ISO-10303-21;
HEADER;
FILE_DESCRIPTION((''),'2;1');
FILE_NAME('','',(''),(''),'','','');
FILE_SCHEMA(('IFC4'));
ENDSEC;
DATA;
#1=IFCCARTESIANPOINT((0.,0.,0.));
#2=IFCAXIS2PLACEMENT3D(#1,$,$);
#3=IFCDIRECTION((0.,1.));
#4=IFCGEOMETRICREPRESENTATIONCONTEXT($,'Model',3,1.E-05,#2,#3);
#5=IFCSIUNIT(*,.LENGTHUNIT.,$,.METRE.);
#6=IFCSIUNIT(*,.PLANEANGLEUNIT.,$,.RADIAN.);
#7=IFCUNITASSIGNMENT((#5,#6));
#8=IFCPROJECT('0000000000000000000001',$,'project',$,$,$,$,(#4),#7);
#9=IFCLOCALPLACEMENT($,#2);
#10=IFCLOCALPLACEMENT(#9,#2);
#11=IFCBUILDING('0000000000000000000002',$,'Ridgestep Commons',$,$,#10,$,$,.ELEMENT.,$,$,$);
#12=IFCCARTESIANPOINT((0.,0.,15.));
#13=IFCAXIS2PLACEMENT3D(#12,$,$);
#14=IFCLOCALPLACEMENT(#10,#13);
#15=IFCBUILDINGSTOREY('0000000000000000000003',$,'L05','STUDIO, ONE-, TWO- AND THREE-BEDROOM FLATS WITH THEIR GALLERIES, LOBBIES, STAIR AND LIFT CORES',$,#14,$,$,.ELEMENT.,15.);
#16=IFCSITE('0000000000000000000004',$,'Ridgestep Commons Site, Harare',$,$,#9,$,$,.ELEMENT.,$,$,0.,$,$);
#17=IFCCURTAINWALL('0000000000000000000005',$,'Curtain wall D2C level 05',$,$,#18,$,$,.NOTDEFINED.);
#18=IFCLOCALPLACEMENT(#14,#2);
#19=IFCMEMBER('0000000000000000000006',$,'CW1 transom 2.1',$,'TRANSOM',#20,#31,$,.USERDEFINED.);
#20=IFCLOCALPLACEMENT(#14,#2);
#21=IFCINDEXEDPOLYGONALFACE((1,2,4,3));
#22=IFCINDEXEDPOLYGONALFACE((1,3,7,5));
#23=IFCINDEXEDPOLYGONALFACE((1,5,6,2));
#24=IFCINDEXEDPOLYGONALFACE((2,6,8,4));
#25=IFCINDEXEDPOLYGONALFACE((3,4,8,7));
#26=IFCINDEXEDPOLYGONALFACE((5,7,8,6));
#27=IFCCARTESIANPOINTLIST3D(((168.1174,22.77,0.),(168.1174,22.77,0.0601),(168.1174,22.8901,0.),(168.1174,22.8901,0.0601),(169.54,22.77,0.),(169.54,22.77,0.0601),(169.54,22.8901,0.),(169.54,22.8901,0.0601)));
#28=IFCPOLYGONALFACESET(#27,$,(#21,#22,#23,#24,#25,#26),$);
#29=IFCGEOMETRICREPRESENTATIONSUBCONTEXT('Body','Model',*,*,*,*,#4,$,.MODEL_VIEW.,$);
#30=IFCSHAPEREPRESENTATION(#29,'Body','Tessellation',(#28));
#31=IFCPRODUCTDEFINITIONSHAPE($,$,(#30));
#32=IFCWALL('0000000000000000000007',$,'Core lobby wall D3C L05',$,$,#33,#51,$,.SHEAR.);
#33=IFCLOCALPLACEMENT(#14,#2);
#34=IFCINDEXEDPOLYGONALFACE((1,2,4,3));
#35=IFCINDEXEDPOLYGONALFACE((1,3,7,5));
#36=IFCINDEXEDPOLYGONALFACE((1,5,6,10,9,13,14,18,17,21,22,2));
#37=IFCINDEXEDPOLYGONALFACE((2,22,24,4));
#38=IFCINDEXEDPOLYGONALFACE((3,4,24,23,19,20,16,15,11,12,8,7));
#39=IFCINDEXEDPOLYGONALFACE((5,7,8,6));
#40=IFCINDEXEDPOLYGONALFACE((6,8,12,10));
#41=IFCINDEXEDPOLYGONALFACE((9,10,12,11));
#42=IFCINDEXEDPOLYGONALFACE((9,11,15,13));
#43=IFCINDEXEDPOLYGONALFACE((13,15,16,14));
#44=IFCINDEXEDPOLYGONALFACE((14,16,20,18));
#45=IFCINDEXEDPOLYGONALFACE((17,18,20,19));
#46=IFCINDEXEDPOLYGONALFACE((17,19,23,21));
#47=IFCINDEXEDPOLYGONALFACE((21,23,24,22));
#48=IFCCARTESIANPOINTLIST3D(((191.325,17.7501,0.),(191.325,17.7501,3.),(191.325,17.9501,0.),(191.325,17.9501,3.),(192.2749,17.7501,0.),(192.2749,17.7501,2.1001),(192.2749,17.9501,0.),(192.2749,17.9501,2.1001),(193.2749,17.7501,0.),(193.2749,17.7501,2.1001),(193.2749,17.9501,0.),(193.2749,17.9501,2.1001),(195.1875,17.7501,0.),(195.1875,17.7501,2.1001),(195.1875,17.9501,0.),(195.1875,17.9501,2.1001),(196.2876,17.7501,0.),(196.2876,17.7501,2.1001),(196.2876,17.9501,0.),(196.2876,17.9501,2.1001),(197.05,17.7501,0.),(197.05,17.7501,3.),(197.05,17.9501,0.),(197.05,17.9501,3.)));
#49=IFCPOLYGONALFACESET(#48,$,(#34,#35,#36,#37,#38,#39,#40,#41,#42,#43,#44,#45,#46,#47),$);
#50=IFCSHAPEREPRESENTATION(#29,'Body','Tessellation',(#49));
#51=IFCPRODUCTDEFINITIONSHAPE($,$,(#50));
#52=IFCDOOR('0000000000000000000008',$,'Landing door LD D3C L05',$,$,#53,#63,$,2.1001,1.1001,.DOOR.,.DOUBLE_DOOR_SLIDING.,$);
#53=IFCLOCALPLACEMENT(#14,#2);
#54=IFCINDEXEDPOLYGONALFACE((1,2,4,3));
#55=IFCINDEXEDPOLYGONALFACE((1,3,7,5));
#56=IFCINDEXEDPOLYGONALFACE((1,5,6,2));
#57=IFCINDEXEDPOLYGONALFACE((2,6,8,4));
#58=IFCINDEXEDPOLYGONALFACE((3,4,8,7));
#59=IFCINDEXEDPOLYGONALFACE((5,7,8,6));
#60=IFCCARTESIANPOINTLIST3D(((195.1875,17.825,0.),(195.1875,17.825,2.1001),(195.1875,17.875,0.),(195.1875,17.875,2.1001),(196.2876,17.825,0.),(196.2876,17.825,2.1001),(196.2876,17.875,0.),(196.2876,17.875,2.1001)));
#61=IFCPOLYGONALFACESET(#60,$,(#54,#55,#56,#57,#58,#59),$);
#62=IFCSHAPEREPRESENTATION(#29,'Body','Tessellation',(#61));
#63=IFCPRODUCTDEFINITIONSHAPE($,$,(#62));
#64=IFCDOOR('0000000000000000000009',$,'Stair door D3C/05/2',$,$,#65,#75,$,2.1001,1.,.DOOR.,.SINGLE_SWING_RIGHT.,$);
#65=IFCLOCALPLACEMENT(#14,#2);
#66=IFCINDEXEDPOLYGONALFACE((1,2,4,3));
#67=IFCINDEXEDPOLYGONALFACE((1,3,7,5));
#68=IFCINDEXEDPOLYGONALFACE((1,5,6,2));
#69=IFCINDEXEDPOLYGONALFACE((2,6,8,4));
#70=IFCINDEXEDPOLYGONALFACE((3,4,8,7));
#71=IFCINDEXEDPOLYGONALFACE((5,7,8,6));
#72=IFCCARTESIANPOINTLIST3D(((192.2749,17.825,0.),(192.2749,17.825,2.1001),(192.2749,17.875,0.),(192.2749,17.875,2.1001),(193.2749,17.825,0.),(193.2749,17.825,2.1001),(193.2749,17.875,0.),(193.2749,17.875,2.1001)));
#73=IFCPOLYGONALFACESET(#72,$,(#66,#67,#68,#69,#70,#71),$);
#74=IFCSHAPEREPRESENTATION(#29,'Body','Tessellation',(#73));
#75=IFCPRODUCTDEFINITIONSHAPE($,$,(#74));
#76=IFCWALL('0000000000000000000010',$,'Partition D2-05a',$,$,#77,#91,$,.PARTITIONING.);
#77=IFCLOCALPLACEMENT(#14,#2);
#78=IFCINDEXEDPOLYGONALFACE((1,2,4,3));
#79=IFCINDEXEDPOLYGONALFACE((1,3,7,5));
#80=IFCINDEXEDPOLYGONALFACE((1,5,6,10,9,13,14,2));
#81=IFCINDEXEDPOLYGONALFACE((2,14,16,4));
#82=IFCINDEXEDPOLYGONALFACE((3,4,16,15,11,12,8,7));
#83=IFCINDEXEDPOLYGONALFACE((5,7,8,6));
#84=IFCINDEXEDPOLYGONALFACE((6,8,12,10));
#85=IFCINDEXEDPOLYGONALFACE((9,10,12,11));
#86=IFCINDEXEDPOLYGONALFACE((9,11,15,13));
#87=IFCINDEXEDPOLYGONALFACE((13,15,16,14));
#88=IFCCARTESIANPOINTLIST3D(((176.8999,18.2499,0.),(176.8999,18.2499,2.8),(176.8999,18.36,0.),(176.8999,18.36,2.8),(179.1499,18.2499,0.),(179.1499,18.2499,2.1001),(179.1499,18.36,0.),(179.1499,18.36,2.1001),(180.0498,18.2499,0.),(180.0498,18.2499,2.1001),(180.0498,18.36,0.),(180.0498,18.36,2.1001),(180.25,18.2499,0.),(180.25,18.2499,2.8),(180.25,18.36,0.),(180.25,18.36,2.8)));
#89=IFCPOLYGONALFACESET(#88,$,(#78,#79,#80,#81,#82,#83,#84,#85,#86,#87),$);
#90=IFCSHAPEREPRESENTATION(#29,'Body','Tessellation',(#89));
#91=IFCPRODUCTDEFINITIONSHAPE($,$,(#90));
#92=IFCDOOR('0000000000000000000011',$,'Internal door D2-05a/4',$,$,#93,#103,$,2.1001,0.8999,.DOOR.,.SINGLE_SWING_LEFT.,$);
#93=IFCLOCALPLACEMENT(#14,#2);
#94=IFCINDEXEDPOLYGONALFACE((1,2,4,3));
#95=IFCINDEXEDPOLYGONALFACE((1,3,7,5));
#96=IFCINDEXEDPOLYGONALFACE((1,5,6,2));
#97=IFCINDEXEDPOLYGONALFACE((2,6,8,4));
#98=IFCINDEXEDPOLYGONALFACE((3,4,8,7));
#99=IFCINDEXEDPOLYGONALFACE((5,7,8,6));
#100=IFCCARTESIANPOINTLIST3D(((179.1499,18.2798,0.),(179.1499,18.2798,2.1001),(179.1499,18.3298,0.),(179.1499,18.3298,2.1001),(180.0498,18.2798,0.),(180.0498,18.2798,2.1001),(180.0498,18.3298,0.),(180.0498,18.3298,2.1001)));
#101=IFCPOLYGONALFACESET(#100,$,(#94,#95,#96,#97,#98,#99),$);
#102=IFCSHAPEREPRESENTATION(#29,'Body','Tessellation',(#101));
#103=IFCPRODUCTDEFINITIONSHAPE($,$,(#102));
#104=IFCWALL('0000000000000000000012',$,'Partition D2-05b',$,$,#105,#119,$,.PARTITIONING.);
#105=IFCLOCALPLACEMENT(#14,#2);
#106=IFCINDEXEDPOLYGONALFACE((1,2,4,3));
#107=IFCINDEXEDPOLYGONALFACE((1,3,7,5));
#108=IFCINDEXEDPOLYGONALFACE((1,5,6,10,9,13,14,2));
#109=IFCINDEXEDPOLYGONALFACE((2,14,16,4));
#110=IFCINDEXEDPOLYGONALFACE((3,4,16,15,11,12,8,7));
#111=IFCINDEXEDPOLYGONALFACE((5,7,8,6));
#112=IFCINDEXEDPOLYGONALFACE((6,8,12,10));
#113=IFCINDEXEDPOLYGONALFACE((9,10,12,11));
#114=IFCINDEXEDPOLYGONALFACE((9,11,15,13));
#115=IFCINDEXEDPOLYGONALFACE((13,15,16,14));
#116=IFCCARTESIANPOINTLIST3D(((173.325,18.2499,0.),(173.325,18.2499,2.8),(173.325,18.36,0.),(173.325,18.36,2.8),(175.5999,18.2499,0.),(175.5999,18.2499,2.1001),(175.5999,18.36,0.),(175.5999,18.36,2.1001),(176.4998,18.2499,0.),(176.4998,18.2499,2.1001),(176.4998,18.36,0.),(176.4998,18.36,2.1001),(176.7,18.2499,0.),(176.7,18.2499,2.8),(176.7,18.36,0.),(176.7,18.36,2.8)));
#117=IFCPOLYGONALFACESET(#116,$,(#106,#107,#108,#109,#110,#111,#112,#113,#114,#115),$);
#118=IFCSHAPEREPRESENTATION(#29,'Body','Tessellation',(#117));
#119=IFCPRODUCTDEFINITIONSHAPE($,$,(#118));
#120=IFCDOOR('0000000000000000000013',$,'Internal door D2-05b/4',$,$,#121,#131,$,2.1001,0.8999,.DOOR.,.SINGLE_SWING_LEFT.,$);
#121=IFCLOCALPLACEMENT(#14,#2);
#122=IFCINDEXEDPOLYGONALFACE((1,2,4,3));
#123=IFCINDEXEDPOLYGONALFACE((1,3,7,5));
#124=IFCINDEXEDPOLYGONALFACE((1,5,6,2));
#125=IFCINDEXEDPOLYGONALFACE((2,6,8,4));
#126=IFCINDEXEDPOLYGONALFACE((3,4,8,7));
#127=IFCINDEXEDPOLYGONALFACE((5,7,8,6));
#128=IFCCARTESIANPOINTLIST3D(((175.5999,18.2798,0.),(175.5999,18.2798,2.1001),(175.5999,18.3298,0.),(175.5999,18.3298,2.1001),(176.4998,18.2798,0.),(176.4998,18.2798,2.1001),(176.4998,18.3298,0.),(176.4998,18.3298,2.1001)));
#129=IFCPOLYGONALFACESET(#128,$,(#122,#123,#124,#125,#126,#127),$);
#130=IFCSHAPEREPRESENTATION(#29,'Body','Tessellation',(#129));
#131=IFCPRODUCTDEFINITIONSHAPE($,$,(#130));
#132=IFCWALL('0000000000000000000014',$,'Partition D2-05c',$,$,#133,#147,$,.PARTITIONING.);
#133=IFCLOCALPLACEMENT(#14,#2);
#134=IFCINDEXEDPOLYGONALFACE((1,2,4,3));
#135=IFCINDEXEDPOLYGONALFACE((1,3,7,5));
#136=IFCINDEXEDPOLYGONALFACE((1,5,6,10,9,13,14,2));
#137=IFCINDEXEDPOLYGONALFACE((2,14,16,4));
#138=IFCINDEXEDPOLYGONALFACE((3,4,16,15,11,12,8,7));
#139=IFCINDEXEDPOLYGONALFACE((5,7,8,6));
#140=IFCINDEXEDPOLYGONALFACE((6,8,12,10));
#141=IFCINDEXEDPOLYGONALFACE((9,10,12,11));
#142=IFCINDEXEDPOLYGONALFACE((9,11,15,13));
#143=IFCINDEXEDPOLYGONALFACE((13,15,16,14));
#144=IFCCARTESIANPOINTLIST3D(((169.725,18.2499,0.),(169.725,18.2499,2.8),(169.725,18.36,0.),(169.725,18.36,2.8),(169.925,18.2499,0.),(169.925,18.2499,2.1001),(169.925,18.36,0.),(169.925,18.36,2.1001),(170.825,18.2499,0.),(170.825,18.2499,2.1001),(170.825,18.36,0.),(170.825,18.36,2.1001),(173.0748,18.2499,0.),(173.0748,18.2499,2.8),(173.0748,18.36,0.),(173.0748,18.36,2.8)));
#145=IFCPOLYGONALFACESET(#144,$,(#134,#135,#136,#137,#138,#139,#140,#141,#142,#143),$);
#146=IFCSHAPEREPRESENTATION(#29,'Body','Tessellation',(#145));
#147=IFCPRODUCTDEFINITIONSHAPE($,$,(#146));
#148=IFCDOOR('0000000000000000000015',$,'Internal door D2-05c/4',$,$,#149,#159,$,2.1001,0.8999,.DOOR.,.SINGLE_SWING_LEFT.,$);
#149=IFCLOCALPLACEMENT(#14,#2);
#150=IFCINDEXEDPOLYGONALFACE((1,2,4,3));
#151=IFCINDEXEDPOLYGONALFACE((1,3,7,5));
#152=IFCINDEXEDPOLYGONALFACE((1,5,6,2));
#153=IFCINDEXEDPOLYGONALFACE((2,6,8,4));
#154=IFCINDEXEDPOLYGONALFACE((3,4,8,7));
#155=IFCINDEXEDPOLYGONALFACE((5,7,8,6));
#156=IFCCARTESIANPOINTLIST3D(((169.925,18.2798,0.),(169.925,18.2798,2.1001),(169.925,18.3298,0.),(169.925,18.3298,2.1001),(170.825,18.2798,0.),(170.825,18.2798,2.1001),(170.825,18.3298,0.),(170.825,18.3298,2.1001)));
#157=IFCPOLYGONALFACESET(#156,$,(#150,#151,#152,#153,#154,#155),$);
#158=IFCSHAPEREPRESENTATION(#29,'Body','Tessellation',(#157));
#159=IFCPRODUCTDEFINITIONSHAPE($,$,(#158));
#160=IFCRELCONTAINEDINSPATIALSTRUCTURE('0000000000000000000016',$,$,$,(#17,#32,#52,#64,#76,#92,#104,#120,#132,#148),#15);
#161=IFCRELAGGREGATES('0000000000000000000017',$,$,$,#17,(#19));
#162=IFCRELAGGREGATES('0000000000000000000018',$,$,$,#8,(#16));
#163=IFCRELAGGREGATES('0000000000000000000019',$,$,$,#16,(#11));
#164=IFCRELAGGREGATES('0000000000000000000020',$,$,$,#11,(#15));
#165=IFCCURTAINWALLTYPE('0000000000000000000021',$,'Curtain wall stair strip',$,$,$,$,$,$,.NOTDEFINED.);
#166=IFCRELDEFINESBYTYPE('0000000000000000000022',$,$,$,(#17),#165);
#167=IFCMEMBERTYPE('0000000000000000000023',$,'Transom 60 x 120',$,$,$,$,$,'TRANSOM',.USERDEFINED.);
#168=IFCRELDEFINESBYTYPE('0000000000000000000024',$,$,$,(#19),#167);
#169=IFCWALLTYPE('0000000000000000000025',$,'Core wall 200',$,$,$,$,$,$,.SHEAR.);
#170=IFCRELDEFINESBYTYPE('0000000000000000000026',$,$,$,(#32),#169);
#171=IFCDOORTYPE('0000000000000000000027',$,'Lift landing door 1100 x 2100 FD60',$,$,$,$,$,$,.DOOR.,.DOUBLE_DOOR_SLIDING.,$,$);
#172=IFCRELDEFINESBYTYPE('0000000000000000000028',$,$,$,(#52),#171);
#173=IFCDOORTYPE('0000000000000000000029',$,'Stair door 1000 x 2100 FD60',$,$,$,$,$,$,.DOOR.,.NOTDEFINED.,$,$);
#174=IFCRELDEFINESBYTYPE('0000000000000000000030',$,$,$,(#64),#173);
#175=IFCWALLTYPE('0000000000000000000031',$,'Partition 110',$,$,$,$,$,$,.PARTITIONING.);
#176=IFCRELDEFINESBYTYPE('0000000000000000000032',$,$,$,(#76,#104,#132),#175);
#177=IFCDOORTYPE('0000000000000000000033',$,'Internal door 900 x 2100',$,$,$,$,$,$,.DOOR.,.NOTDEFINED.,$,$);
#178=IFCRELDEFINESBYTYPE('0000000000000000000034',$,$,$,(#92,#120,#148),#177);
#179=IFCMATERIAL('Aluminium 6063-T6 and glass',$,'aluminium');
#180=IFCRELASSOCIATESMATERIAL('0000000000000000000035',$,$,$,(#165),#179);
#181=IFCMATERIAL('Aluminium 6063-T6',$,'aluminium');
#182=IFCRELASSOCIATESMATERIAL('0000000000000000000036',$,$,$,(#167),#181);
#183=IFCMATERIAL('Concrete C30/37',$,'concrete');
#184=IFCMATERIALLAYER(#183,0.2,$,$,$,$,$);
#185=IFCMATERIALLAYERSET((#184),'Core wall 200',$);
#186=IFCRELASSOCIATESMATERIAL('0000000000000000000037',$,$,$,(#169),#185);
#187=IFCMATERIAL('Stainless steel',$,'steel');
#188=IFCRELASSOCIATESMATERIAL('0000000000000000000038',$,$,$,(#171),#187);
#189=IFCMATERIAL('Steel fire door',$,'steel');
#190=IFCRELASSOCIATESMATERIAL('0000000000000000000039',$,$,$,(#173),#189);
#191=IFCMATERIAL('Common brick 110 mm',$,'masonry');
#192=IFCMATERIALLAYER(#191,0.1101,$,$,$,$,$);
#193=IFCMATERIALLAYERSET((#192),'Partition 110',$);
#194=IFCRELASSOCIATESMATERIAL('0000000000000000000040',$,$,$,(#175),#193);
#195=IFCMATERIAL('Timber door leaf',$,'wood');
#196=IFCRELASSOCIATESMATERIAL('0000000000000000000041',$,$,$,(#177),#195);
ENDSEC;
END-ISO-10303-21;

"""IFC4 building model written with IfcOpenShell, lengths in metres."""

from ifc_helpers import new_model, si_unit, direction, frame, frame_2d, origin, origin_2d, place, context, subcontext, project, spatial, rectangle, extrude, material, layer, layer_set, material_profile, profile_set, type_object, element, fill, aggregate, save


model = new_model("IFC4")

# Units and contexts
model_context = context("Model", 3, precision=1e-05, world=origin(), true_north=direction((0.0, 1.0)))
body_context = subcontext(model_context, "Body", "Model", "MODEL_VIEW")
ifc_project = project(units=[si_unit("LENGTHUNIT", "METRE"), si_unit("PLANEANGLEUNIT", "RADIAN")], contexts=[model_context])

# Site, building, storey
site_placement = place(None, origin())
site = spatial("IfcSite", under=ifc_project, at=site_placement, Name="Ridgestep Commons Site, Harare", CompositionType="ELEMENT", RefElevation=0.0)
building_placement = place(site_placement, origin())
building = spatial("IfcBuilding", under=site, at=building_placement, Name="Ridgestep Commons", CompositionType="ELEMENT")
storey_placement = place(building_placement, frame((0.0, 0.0, 15.0)))
storey = spatial("IfcBuildingStorey", under=building, at=storey_placement, Name="L05", Description="STUDIO, ONE-, TWO- AND THREE-BEDROOM FLATS WITH THEIR GALLERIES, LOBBIES, STAIR AND LIFT CORES", CompositionType="ELEMENT", Elevation=15.0)

# Curtain wall, member
ifc_material_1 = material(Name="Aluminium 6063-T6 and glass", Category="aluminium")
curtain_wall_type = type_object("IfcCurtainWallType", Name="Curtain wall stair strip", PredefinedType="NOTDEFINED", material=ifc_material_1)
curtain_wall_placement = place(storey_placement, origin())
curtain_wall = element("IfcCurtainWall", 1, at=curtain_wall_placement, inside=storey, type_object=curtain_wall_type, Name="Curtain wall D2C level 05", PredefinedType="NOTDEFINED")
ifc_material_2 = material(Name="Aluminium 6063-T6", Category="aluminium")
ifc_material_profile = material_profile(ifc_material_2, rectangle(XDim=0.1201, YDim=0.0601, at=origin_2d()), Name="Transom 60 x 120")
ifc_profile_set = profile_set([ifc_material_profile], Name="Aluminium 6063-T6")
member_type = type_object("IfcMemberType", Name="Transom 60 x 120", ElementType="TRANSOM", PredefinedType="USERDEFINED", material=ifc_profile_set)
member_placement = place(storey_placement, frame((168.1174, 22.8301, 0.03), z_axis=(1.0, 0.0, 0.0), x_axis=(0.0, 1.0, 0.0)))
member = element("IfcMember", 2, at=member_placement, type_object=member_type, Name="CW1 transom 2.1", ObjectType="TRANSOM", PredefinedType="USERDEFINED", context=body_context, shape_type="SweptSolid", body=[
    extrude(rectangle(XDim=0.1201, YDim=0.0601, at=origin_2d()), origin(), (0.0, 0.0, 1.0), 1.4226),
])
aggregate(curtain_wall, [member])

# Wall, openings, doors
ifc_material_3 = material(Name="Concrete C30/37", Category="concrete")
ifc_layer_1 = layer(ifc_material_3, 0.2)
ifc_layer_set_1 = layer_set([ifc_layer_1], Name="Core wall 200")
wall_type_1 = type_object("IfcWallType", Name="Core wall 200", PredefinedType="SHEAR", material=ifc_layer_set_1)
wall_1_placement = place(storey_placement, frame((191.325, 17.8501, 0.0), z_axis=(0.0, 0.0, 1.0), x_axis=(1.0, 0.0, 0.0)))
wall_1 = element("IfcWall", 3, at=wall_1_placement, inside=storey, type_object=wall_type_1, Name="Core lobby wall D3C L05", PredefinedType="SHEAR", context=body_context, shape_type="SweptSolid", body=[
    extrude(rectangle(XDim=5.7251, YDim=0.2, at=frame_2d((2.8625, 0.0))), origin(), (0.0, 0.0, 1.0), 3.0),
])
opening_1_placement = place(wall_1_placement, frame((0.95, 0.0, 0.0)))
opening_1 = element("IfcOpeningElement", 4, at=opening_1_placement, cuts=wall_1, PredefinedType="OPENING", context=body_context, shape_type="SweptSolid", body=[
    extrude(rectangle(XDim=1.0, YDim=2.1001, at=frame_2d((0.5, 1.05))), frame((0.0, 0.1099, 0.0), z_axis=(0.0, -1.0, 0.0), x_axis=(1.0, 0.0, 0.0)), (0.0, 0.0, 1.0), 0.22),
])
opening_2_placement = place(wall_1_placement, frame((3.8625, 0.0, 0.0)))
opening_2 = element("IfcOpeningElement", 5, at=opening_2_placement, cuts=wall_1, PredefinedType="OPENING", context=body_context, shape_type="SweptSolid", body=[
    extrude(rectangle(XDim=1.1001, YDim=2.1001, at=frame_2d((0.55, 1.05))), frame((0.0, 0.1099, 0.0), z_axis=(0.0, -1.0, 0.0), x_axis=(1.0, 0.0, 0.0)), (0.0, 0.0, 1.0), 0.22),
])
ifc_material_4 = material(Name="Stainless steel", Category="steel")
door_type_1 = type_object("IfcDoorType", Name="Lift landing door 1100 x 2100 FD60", OperationType="DOUBLE_DOOR_SLIDING", PredefinedType="DOOR", material=ifc_material_4)
door_1_placement = place(opening_2_placement, origin())
door_1 = element("IfcDoor", 6, at=door_1_placement, inside=storey, type_object=door_type_1, Name="Landing door LD D3C L05", OperationType="DOUBLE_DOOR_SLIDING", OverallHeight=2.1001, OverallWidth=1.1001, PredefinedType="DOOR", context=body_context, shape_type="SweptSolid", body=[
    extrude(rectangle(XDim=1.1001, YDim=2.1001, at=frame_2d((0.55, 1.05))), frame((0.0, 0.0249, 0.0), z_axis=(0.0, -1.0, 0.0), x_axis=(1.0, 0.0, 0.0)), (0.0, 0.0, 1.0), 0.05),
])
fill(opening_2, door_1)
ifc_material_5 = material(Name="Steel fire door", Category="steel")
door_type_2 = type_object("IfcDoorType", Name="Stair door 1000 x 2100 FD60", OperationType="NOTDEFINED", PredefinedType="DOOR", material=ifc_material_5)
door_2_placement = place(opening_1_placement, origin())
door_2 = element("IfcDoor", 7, at=door_2_placement, inside=storey, type_object=door_type_2, Name="Stair door D3C/05/2", OperationType="SINGLE_SWING_RIGHT", OverallHeight=2.1001, OverallWidth=1.0, PredefinedType="DOOR", context=body_context, shape_type="SweptSolid", body=[
    extrude(rectangle(XDim=1.0, YDim=2.1001, at=frame_2d((0.5, 1.05))), frame((0.0, 0.0249, 0.0), z_axis=(0.0, -1.0, 0.0), x_axis=(1.0, 0.0, 0.0)), (0.0, 0.0, 1.0), 0.05),
])
fill(opening_1, door_2)

# Walls, openings, doors
ifc_material_6 = material(Name="Common brick 110 mm", Category="masonry")
ifc_layer_2 = layer(ifc_material_6, 0.1101)
ifc_layer_set_2 = layer_set([ifc_layer_2], Name="Partition 110")
wall_type_2 = type_object("IfcWallType", Name="Partition 110", PredefinedType="PARTITIONING", material=ifc_layer_set_2)
wall_2_placement = place(storey_placement, frame((176.8999, 18.3049, 0.0), z_axis=(0.0, 0.0, 1.0), x_axis=(1.0, 0.0, 0.0)))
wall_2 = element("IfcWall", 8, at=wall_2_placement, inside=storey, type_object=wall_type_2, Name="Partition D2-05a", PredefinedType="PARTITIONING", context=body_context, shape_type="SweptSolid", body=[
    extrude(rectangle(XDim=3.3501, YDim=0.1101, at=frame_2d((1.675, 0.0))), origin(), (0.0, 0.0, 1.0), 2.8),
])
opening_3_placement = place(wall_2_placement, frame((2.25, 0.0, 0.0)))
opening_3 = element("IfcOpeningElement", 9, at=opening_3_placement, cuts=wall_2, PredefinedType="OPENING", context=body_context, shape_type="SweptSolid", body=[
    extrude(rectangle(XDim=0.8999, YDim=2.1001, at=frame_2d((0.45, 1.05))), frame((0.0, 0.0649, 0.0), z_axis=(0.0, -1.0, 0.0), x_axis=(1.0, 0.0, 0.0)), (0.0, 0.0, 1.0), 0.1301),
])
ifc_material_7 = material(Name="Timber door leaf", Category="wood")
door_type_3 = type_object("IfcDoorType", Name="Internal door 900 x 2100", OperationType="NOTDEFINED", PredefinedType="DOOR", material=ifc_material_7)
door_3_placement = place(opening_3_placement, origin())
door_3 = element("IfcDoor", 10, at=door_3_placement, inside=storey, type_object=door_type_3, Name="Internal door D2-05a/4", OperationType="SINGLE_SWING_LEFT", OverallHeight=2.1001, OverallWidth=0.8999, PredefinedType="DOOR", context=body_context, shape_type="SweptSolid", body=[
    extrude(rectangle(XDim=0.8999, YDim=2.1001, at=frame_2d((0.45, 1.05))), frame((0.0, 0.0249, 0.0), z_axis=(0.0, -1.0, 0.0), x_axis=(1.0, 0.0, 0.0)), (0.0, 0.0, 1.0), 0.05),
])
fill(opening_3, door_3)
wall_3_placement = place(storey_placement, frame((173.325, 18.3049, 0.0), z_axis=(0.0, 0.0, 1.0), x_axis=(1.0, 0.0, 0.0)))
wall_3 = element("IfcWall", 11, at=wall_3_placement, inside=storey, type_object=wall_type_2, Name="Partition D2-05b", PredefinedType="PARTITIONING", context=body_context, shape_type="SweptSolid", body=[
    extrude(rectangle(XDim=3.375, YDim=0.1101, at=frame_2d((1.6875, 0.0))), origin(), (0.0, 0.0, 1.0), 2.8),
])
opening_4_placement = place(wall_3_placement, frame((2.2749, 0.0, 0.0)))
opening_4 = element("IfcOpeningElement", 12, at=opening_4_placement, cuts=wall_3, PredefinedType="OPENING", context=body_context, shape_type="SweptSolid", body=[
    extrude(rectangle(XDim=0.8999, YDim=2.1001, at=frame_2d((0.45, 1.05))), frame((0.0, 0.0649, 0.0), z_axis=(0.0, -1.0, 0.0), x_axis=(1.0, 0.0, 0.0)), (0.0, 0.0, 1.0), 0.1301),
])
door_4_placement = place(opening_4_placement, origin())
door_4 = element("IfcDoor", 13, at=door_4_placement, inside=storey, type_object=door_type_3, Name="Internal door D2-05b/4", OperationType="SINGLE_SWING_LEFT", OverallHeight=2.1001, OverallWidth=0.8999, PredefinedType="DOOR", context=body_context, shape_type="SweptSolid", body=[
    extrude(rectangle(XDim=0.8999, YDim=2.1001, at=frame_2d((0.45, 1.05))), frame((0.0, 0.0249, 0.0), z_axis=(0.0, -1.0, 0.0), x_axis=(1.0, 0.0, 0.0)), (0.0, 0.0, 1.0), 0.05),
])
fill(opening_4, door_4)
wall_4_placement = place(storey_placement, frame((169.7251, 18.3049, 0.0), z_axis=(0.0, 0.0, 1.0), x_axis=(1.0, 0.0, 0.0)))
wall_4 = element("IfcWall", 14, at=wall_4_placement, inside=storey, type_object=wall_type_2, Name="Partition D2-05c", PredefinedType="PARTITIONING", context=body_context, shape_type="SweptSolid", body=[
    extrude(rectangle(XDim=3.3499, YDim=0.1101, at=frame_2d((1.6748, 0.0))), origin(), (0.0, 0.0, 1.0), 2.8),
])
opening_5_placement = place(wall_4_placement, frame((0.2, 0.0, 0.0)))
opening_5 = element("IfcOpeningElement", 15, at=opening_5_placement, cuts=wall_4, PredefinedType="OPENING", context=body_context, shape_type="SweptSolid", body=[
    extrude(rectangle(XDim=0.8999, YDim=2.1001, at=frame_2d((0.45, 1.05))), frame((0.0, 0.0649, 0.0), z_axis=(0.0, -1.0, 0.0), x_axis=(1.0, 0.0, 0.0)), (0.0, 0.0, 1.0), 0.1301),
])
door_5_placement = place(opening_5_placement, origin())
door_5 = element("IfcDoor", 16, at=door_5_placement, inside=storey, type_object=door_type_3, Name="Internal door D2-05c/4", OperationType="SINGLE_SWING_LEFT", OverallHeight=2.1001, OverallWidth=0.8999, PredefinedType="DOOR", context=body_context, shape_type="SweptSolid", body=[
    extrude(rectangle(XDim=0.8999, YDim=2.1001, at=frame_2d((0.45, 1.05))), frame((0.0, 0.0249, 0.0), z_axis=(0.0, -1.0, 0.0), x_axis=(1.0, 0.0, 0.0)), (0.0, 0.0, 1.0), 0.05),
])
fill(opening_5, door_5)

save(model, "model.ifc")
